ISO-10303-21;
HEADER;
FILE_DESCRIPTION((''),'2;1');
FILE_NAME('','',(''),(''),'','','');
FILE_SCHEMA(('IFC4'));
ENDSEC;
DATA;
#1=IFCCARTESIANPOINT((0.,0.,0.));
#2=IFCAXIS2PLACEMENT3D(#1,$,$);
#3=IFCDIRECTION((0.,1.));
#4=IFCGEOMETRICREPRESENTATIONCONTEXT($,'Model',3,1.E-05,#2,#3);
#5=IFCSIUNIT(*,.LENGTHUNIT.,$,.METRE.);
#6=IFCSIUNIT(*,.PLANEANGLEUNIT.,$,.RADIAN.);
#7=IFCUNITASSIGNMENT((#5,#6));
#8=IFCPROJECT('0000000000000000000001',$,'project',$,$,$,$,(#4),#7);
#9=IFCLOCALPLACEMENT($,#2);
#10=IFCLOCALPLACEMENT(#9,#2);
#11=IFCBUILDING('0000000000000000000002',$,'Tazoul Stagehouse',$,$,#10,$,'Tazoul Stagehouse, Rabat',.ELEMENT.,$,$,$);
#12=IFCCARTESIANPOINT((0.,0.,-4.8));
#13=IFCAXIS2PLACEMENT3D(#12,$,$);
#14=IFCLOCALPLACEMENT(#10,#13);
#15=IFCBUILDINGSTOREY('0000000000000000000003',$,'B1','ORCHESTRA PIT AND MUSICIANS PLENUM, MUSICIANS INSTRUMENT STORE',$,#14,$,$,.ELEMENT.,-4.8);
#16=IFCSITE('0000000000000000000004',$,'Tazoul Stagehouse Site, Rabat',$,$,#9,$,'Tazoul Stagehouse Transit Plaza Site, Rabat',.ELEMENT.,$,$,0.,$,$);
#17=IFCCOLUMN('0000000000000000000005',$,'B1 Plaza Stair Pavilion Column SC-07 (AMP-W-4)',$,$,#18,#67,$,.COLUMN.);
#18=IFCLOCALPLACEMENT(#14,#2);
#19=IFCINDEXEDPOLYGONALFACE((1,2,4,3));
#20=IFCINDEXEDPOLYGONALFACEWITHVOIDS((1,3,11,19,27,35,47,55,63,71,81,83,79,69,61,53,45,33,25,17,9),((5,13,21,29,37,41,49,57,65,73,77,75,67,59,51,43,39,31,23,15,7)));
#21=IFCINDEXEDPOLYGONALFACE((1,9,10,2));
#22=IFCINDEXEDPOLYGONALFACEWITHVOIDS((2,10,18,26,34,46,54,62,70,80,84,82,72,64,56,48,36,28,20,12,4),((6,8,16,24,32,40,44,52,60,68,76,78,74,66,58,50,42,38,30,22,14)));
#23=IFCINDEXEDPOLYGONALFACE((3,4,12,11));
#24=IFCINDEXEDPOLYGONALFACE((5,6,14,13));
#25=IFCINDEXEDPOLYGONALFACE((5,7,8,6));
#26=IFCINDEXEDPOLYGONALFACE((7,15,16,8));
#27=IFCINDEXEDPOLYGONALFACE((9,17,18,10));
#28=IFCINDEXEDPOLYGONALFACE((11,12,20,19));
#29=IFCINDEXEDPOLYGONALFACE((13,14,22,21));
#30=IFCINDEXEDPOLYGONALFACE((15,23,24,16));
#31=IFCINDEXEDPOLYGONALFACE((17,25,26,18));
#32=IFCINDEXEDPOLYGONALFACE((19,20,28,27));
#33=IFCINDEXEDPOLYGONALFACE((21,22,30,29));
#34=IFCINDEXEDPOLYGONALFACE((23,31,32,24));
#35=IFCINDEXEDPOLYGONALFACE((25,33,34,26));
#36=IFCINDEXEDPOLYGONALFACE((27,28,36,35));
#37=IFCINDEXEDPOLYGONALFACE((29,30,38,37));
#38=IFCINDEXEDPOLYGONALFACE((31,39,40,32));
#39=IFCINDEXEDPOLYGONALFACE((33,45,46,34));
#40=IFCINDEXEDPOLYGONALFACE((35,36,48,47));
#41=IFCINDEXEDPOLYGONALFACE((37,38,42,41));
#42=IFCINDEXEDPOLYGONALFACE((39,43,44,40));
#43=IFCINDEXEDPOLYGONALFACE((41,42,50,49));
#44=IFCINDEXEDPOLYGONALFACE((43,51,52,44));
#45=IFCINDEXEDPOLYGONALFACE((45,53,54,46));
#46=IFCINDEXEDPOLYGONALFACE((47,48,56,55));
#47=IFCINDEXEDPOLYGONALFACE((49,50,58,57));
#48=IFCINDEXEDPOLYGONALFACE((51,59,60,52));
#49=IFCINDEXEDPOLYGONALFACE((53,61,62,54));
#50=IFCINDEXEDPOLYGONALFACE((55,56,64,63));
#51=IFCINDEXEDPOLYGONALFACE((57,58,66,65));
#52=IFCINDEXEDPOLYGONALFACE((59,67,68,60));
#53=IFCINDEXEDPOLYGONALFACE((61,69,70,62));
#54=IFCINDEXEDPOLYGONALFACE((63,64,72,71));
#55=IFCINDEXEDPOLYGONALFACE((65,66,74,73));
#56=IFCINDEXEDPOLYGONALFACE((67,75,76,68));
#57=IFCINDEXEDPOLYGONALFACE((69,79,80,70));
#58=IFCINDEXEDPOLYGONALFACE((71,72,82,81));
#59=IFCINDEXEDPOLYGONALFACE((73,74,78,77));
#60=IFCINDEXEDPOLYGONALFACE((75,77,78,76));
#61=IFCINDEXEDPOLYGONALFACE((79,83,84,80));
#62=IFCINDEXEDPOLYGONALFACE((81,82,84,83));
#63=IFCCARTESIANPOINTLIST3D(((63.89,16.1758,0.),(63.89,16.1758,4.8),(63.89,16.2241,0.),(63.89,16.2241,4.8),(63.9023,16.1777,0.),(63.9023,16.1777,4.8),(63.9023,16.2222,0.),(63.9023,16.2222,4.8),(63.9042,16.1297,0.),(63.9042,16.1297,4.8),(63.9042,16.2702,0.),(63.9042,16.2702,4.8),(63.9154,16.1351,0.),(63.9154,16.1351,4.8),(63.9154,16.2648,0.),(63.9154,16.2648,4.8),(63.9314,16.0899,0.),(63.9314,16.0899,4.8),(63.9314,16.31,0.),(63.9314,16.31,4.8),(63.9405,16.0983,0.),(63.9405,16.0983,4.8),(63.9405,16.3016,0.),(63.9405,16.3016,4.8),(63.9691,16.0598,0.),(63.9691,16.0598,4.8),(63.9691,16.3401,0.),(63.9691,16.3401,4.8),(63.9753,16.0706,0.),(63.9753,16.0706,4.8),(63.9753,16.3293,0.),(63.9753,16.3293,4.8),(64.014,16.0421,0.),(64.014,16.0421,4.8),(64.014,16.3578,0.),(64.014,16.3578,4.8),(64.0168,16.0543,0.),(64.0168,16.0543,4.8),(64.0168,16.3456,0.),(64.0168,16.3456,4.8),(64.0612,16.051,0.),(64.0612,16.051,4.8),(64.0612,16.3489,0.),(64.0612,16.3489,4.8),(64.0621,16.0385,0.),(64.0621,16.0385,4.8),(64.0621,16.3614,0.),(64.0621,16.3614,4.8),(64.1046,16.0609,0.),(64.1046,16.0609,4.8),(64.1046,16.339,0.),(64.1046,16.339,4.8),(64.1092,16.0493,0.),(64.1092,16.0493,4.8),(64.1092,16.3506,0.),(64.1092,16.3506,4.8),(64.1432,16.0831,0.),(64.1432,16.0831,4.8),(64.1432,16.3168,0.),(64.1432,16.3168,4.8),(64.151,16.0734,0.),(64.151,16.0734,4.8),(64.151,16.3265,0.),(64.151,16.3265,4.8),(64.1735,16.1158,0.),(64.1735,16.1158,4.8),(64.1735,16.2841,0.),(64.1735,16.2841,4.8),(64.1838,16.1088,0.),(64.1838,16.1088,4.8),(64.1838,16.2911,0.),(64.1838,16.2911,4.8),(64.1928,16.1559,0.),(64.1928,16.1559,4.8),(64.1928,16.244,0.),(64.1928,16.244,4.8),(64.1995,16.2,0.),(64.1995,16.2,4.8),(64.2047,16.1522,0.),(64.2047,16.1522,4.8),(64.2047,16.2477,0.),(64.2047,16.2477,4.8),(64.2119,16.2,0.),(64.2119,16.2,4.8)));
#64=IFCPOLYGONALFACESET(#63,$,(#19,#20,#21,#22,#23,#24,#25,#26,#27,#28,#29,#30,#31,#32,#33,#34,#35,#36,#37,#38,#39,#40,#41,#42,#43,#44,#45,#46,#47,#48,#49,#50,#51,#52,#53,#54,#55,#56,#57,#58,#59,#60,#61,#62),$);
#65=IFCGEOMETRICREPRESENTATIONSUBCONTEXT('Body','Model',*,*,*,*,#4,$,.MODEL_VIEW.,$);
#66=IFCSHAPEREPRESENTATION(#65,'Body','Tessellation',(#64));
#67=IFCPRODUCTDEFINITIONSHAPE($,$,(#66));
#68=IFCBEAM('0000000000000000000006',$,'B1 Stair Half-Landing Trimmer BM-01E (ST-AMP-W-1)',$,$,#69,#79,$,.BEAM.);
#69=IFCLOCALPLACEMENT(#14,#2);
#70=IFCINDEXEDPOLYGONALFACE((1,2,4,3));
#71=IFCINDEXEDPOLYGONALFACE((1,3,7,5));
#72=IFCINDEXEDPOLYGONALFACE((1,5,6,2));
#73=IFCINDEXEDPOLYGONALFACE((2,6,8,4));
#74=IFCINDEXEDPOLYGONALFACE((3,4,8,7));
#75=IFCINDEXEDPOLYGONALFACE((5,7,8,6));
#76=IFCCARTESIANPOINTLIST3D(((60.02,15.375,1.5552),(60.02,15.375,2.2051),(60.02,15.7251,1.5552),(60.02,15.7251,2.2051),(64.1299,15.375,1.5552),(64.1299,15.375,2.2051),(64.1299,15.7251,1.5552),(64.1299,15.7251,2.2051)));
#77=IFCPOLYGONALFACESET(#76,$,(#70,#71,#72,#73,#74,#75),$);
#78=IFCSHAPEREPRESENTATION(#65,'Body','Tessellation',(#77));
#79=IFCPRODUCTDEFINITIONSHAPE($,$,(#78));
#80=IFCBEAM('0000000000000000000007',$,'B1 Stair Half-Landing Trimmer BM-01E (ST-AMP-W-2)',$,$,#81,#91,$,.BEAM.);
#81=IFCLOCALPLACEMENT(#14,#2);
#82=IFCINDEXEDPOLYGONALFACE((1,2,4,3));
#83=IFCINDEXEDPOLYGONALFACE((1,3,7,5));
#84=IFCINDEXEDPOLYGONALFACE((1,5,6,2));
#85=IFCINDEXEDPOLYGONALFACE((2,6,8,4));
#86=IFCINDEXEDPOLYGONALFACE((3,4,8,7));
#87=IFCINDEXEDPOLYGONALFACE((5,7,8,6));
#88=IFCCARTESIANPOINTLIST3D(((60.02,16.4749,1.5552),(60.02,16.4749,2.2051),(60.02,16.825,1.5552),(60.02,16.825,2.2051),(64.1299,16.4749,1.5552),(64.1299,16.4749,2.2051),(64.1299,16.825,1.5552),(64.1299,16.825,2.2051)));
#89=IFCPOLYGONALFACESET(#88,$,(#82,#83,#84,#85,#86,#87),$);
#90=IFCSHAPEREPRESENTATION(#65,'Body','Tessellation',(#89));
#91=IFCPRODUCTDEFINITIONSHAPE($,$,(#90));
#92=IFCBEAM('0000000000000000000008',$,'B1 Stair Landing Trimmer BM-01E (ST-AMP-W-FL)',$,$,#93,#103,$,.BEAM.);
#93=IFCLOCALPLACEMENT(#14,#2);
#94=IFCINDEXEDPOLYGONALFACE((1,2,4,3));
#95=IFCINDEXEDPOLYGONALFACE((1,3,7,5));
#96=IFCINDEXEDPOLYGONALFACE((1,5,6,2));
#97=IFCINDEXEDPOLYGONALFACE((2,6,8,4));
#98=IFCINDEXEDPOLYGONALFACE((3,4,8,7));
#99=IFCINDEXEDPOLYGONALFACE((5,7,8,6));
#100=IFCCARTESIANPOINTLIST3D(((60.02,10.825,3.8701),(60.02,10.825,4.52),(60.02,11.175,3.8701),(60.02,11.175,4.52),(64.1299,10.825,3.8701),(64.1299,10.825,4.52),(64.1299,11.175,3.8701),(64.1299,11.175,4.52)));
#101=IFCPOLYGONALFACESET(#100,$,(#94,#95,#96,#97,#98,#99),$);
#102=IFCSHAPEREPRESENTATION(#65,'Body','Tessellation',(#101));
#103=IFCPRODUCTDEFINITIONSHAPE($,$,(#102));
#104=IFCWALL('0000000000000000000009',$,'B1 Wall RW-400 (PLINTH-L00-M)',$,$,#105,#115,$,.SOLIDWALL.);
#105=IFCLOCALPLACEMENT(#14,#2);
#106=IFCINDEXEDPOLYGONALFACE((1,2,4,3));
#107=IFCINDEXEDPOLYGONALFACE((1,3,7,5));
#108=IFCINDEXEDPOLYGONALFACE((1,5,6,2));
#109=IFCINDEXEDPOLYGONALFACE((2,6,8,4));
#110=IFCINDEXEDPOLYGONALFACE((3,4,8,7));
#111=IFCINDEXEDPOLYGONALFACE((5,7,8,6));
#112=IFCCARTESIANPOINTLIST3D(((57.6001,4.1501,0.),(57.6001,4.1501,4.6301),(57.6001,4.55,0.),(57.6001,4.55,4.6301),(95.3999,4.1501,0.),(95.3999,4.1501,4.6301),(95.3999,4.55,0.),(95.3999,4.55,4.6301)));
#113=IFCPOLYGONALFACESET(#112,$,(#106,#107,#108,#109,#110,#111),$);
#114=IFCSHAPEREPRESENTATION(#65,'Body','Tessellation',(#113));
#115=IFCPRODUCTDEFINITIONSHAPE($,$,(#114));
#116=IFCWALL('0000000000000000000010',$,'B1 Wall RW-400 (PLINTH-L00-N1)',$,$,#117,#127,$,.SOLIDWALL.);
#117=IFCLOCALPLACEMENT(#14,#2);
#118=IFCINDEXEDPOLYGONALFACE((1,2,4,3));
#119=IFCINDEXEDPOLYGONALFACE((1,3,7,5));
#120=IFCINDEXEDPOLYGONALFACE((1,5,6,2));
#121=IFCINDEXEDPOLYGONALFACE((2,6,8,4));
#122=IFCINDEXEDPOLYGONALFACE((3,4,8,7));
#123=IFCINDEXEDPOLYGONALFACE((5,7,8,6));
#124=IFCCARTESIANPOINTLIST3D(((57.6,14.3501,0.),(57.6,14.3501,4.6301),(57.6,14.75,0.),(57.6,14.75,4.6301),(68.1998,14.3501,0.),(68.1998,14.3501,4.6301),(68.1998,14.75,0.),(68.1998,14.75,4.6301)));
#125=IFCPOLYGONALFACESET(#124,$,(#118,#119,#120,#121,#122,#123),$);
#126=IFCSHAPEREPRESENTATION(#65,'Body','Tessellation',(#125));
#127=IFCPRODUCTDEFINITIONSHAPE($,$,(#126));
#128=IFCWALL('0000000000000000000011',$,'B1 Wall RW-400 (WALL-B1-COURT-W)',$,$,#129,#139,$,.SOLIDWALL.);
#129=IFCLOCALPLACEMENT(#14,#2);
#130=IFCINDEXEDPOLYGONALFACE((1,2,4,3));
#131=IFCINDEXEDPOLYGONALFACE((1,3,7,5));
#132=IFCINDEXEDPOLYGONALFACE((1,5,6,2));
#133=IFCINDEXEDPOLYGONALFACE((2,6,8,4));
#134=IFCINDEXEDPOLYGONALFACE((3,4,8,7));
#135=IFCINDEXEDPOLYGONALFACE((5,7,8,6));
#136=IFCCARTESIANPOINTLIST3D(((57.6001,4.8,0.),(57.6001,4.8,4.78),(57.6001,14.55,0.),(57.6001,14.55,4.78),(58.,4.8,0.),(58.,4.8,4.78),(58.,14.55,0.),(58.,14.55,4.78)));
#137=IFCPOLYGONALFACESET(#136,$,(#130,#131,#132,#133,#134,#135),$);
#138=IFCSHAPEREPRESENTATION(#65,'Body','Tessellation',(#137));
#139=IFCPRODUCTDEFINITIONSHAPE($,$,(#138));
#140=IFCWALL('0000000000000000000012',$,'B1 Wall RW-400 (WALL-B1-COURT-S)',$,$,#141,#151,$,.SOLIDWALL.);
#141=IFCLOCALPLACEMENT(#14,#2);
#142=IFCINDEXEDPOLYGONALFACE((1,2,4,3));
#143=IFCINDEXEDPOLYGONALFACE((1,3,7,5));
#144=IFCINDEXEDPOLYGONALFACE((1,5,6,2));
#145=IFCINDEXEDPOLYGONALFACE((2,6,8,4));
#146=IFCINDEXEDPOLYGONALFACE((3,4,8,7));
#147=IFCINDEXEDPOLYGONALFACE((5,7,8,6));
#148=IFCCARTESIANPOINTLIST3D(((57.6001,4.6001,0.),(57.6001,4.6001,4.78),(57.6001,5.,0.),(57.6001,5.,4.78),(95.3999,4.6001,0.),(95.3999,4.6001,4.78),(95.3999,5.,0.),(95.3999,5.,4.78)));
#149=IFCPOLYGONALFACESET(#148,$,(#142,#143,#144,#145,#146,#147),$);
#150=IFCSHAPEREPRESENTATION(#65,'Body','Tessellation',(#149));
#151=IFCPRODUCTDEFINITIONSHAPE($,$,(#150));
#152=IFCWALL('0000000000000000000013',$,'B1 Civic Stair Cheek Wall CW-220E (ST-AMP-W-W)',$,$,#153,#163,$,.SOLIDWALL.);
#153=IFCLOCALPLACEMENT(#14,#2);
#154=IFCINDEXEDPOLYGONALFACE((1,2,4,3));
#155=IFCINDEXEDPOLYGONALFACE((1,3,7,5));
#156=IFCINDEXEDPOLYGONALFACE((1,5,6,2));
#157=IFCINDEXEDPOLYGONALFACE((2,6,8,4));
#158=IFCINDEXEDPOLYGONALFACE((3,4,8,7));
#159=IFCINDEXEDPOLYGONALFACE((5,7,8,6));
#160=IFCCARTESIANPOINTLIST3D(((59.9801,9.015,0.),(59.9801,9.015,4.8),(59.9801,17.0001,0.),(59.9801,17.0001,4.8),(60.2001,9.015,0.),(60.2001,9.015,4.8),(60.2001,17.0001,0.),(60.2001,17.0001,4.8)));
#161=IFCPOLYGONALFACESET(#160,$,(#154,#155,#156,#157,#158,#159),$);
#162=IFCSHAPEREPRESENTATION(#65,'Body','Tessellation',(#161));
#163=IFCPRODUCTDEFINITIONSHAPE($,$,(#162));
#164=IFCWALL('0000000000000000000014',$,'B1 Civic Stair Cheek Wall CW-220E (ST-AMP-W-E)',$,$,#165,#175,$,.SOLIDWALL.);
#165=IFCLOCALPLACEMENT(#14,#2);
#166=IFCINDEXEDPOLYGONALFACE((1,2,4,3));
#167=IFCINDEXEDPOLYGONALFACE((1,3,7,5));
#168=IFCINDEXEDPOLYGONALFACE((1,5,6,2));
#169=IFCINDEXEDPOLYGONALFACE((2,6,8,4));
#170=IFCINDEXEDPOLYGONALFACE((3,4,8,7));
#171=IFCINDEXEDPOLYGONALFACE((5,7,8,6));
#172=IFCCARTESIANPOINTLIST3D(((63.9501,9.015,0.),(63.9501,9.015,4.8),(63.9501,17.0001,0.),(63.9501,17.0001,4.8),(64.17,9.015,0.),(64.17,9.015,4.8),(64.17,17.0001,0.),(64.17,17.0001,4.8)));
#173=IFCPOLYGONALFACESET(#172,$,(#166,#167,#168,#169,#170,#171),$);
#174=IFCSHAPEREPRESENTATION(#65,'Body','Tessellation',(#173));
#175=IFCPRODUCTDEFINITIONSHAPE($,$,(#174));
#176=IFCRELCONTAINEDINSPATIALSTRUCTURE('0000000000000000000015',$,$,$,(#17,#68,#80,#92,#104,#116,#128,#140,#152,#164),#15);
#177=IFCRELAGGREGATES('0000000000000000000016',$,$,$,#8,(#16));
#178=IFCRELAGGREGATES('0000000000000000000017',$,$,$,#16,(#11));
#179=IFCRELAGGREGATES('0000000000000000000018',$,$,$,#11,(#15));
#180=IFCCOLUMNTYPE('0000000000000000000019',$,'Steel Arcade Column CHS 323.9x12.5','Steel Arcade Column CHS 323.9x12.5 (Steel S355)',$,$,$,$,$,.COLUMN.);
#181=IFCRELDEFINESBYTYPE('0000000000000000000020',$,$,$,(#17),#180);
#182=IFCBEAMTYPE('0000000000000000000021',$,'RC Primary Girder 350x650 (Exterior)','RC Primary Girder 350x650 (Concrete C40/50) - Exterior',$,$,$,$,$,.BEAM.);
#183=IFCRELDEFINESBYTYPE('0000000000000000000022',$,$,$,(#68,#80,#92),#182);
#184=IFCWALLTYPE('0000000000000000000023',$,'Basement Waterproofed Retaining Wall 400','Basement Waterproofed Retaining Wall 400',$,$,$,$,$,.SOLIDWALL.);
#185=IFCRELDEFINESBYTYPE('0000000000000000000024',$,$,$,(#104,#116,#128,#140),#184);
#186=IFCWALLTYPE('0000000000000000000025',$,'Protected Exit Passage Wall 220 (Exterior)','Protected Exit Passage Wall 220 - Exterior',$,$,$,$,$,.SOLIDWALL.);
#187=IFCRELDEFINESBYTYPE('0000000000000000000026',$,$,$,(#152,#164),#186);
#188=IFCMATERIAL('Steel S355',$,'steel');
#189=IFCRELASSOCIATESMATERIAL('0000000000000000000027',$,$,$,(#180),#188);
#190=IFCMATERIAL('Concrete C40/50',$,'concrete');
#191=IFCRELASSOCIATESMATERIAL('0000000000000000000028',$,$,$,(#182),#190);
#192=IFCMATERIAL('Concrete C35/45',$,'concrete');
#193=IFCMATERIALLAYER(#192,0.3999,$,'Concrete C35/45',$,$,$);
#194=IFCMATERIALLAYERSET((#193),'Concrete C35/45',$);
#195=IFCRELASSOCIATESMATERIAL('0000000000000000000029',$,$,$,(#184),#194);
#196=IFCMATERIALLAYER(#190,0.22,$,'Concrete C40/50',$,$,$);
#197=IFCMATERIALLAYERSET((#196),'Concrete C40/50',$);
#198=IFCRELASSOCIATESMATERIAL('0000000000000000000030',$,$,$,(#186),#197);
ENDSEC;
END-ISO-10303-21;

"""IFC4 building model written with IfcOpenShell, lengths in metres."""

from ifc_helpers import new_model, si_unit, direction, frame, frame_2d, origin, origin_2d, place, context, subcontext, project, spatial, rectangle, hollow_circle, extrude, material, layer, layer_set, material_profile, profile_set, type_object, element, save


model = new_model("IFC4")

# Units and contexts
model_context = context("Model", 3, precision=1e-05, world=origin(), true_north=direction((0.0, 1.0)))
body_context = subcontext(model_context, "Body", "Model", "MODEL_VIEW")
ifc_project = project(units=[si_unit("LENGTHUNIT", "METRE"), si_unit("PLANEANGLEUNIT", "RADIAN")], contexts=[model_context])

# Site, building, storey
site_placement = place(None, origin())
site = spatial("IfcSite", under=ifc_project, at=site_placement, Name="Tazoul Stagehouse Site, Rabat", LongName="Tazoul Stagehouse Transit Plaza Site, Rabat", CompositionType="ELEMENT", RefElevation=0.0)
building_placement = place(site_placement, origin())
building = spatial("IfcBuilding", under=site, at=building_placement, Name="Tazoul Stagehouse", LongName="Tazoul Stagehouse, Rabat", CompositionType="ELEMENT")
storey_placement = place(building_placement, frame((0.0, 0.0, -4.8)))
storey = spatial("IfcBuildingStorey", under=building, at=storey_placement, Name="B1", Description="ORCHESTRA PIT AND MUSICIANS PLENUM, MUSICIANS INSTRUMENT STORE", CompositionType="ELEMENT", Elevation=-4.8)

# Shared definitions
ifc_material_1 = material(Name="Concrete C35/45", Category="concrete")

# Column
ifc_material_2 = material(Name="Concrete C40/50", Category="concrete")
ifc_material_3 = material(Name="Steel S355", Category="steel")
ifc_material_profile_1 = material_profile(ifc_material_3, hollow_circle(Radius=0.1619, WallThickness=0.0125, at=origin_2d()), Name="CHS 323.9x12.5")
ifc_profile_set_1 = profile_set([ifc_material_profile_1], Name="Steel S355")
column_type_1 = type_object("IfcColumnType", Name="Steel Arcade Column CHS 323.9x12.5", Description="Steel Arcade Column CHS 323.9x12.5 (Steel S355)", PredefinedType="COLUMN", material=ifc_profile_set_1)
for number, where, z_axis, x_axis, name in (
    (1, (64.05, 16.2, 0.0), (0.0, 0.0, 1.0), (1.0, 0.0, 0.0), "B1 Plaza Stair Pavilion Column SC-07 (AMP-W-4)"),
):
    element("IfcColumn", number, at=place(storey_placement, frame(where, z_axis=z_axis, x_axis=x_axis)), inside=storey, type_object=column_type_1, Name=name, PredefinedType="COLUMN", context=body_context, shape_type="SweptSolid", body=[
        extrude(hollow_circle(Radius=0.1619, WallThickness=0.0125, at=origin_2d()), origin(), (0.0, 0.0, 1.0), 4.8),
    ])

# Beams
ifc_material_profile_2 = material_profile(ifc_material_2, rectangle(XDim=0.3501, YDim=0.6499, at=origin_2d()), Name="RC 350x650")
ifc_profile_set_2 = profile_set([ifc_material_profile_2], Name="Concrete C40/50")
beam_type = type_object("IfcBeamType", Name="RC Primary Girder 350x650 (Exterior)", Description="RC Primary Girder 350x650 (Concrete C40/50) - Exterior", PredefinedType="BEAM", material=ifc_profile_set_2)
for number, where, z_axis, x_axis, name in (
    (2, (60.02, 15.55, 1.8801), (1.0, 0.0, 0.0), (0.0, 1.0, 0.0), "B1 Stair Half-Landing Trimmer BM-01E (ST-AMP-W-1)"),
    (3, (60.02, 16.6499, 1.8801), (1.0, 0.0, 0.0), (0.0, 1.0, 0.0), "B1 Stair Half-Landing Trimmer BM-01E (ST-AMP-W-2)"),
    (4, (60.02, 11.0, 4.1951), (1.0, 0.0, 0.0), (0.0, 1.0, 0.0), "B1 Stair Landing Trimmer BM-01E (ST-AMP-W-FL)"),
):
    element("IfcBeam", number, at=place(storey_placement, frame(where, z_axis=z_axis, x_axis=x_axis)), inside=storey, type_object=beam_type, Name=name, PredefinedType="BEAM", context=body_context, shape_type="SweptSolid", body=[
        extrude(rectangle(XDim=0.3501, YDim=0.6499, at=origin_2d()), origin(), (0.0, 0.0, 1.0), 4.1099),
    ])

# Walls
ifc_layer_1 = layer(ifc_material_1, 0.3999, Name="Concrete C35/45")
ifc_layer_set_1 = layer_set([ifc_layer_1], Name="Concrete C35/45")
wall_type_1 = type_object("IfcWallType", Name="Basement Waterproofed Retaining Wall 400", Description="Basement Waterproofed Retaining Wall 400", PredefinedType="SOLIDWALL", material=ifc_layer_set_1)
wall_1_placement = place(storey_placement, frame((57.6001, 4.3501, 0.0), z_axis=(0.0, 0.0, 1.0), x_axis=(1.0, 0.0, 0.0)))
element("IfcWall", 5, at=wall_1_placement, inside=storey, type_object=wall_type_1, Name="B1 Wall RW-400 (PLINTH-L00-M)", PredefinedType="SOLIDWALL", context=body_context, shape_type="SweptSolid", body=[
    extrude(rectangle(XDim=37.7998, YDim=0.3999, at=frame_2d((18.8999, 0.0))), origin(), (0.0, 0.0, 1.0), 4.6301),
])
wall_2_placement = place(storey_placement, frame((57.6001, 14.55, 0.0), z_axis=(0.0, 0.0, 1.0), x_axis=(1.0, 0.0, 0.0)))
element("IfcWall", 6, at=wall_2_placement, inside=storey, type_object=wall_type_1, Name="B1 Wall RW-400 (PLINTH-L00-N1)", PredefinedType="SOLIDWALL", context=body_context, shape_type="SweptSolid", body=[
    extrude(rectangle(XDim=10.5999, YDim=0.3999, at=frame_2d((5.2998, 0.0))), origin(), (0.0, 0.0, 1.0), 4.6301),
])
wall_3_placement = place(storey_placement, frame((57.8, 4.8, 0.0), z_axis=(0.0, 0.0, 1.0), x_axis=(0.0, 1.0, 0.0)))
element("IfcWall", 7, at=wall_3_placement, inside=storey, type_object=wall_type_1, Name="B1 Wall RW-400 (WALL-B1-COURT-W)", PredefinedType="SOLIDWALL", context=body_context, shape_type="SweptSolid", body=[
    extrude(rectangle(XDim=9.75, YDim=0.3999, at=frame_2d((4.875, 0.0))), origin(), (0.0, 0.0, 1.0), 4.78),
])
wall_4_placement = place(storey_placement, frame((57.6001, 4.8, 0.0), z_axis=(0.0, 0.0, 1.0), x_axis=(1.0, 0.0, 0.0)))
element("IfcWall", 8, at=wall_4_placement, inside=storey, type_object=wall_type_1, Name="B1 Wall RW-400 (WALL-B1-COURT-S)", PredefinedType="SOLIDWALL", context=body_context, shape_type="SweptSolid", body=[
    extrude(rectangle(XDim=37.7998, YDim=0.3999, at=frame_2d((18.8999, 0.0))), origin(), (0.0, 0.0, 1.0), 4.78),
])
ifc_layer_2 = layer(ifc_material_2, 0.22, Name="Concrete C40/50")
ifc_layer_set_2 = layer_set([ifc_layer_2], Name="Concrete C40/50")
wall_type_2 = type_object("IfcWallType", Name="Protected Exit Passage Wall 220 (Exterior)", Description="Protected Exit Passage Wall 220 - Exterior", PredefinedType="SOLIDWALL", material=ifc_layer_set_2)
for number, where, z_axis, x_axis, name in (
    (9, (60.0901, 9.0149, 0.0), (0.0, 0.0, 1.0), (0.0, 1.0, 0.0), "B1 Civic Stair Cheek Wall CW-220E (ST-AMP-W-W)"),
    (10, (64.0601, 9.0149, 0.0), (0.0, 0.0, 1.0), (0.0, 1.0, 0.0), "B1 Civic Stair Cheek Wall CW-220E (ST-AMP-W-E)"),
):
    element("IfcWall", number, at=place(storey_placement, frame(where, z_axis=z_axis, x_axis=x_axis)), inside=storey, type_object=wall_type_2, Name=name, PredefinedType="SOLIDWALL", context=body_context, shape_type="SweptSolid", body=[
        extrude(rectangle(XDim=7.9851, YDim=0.22, at=frame_2d((3.9927, 0.0))), origin(), (0.0, 0.0, 1.0), 4.8),
    ])

save(model, "model.ifc")
